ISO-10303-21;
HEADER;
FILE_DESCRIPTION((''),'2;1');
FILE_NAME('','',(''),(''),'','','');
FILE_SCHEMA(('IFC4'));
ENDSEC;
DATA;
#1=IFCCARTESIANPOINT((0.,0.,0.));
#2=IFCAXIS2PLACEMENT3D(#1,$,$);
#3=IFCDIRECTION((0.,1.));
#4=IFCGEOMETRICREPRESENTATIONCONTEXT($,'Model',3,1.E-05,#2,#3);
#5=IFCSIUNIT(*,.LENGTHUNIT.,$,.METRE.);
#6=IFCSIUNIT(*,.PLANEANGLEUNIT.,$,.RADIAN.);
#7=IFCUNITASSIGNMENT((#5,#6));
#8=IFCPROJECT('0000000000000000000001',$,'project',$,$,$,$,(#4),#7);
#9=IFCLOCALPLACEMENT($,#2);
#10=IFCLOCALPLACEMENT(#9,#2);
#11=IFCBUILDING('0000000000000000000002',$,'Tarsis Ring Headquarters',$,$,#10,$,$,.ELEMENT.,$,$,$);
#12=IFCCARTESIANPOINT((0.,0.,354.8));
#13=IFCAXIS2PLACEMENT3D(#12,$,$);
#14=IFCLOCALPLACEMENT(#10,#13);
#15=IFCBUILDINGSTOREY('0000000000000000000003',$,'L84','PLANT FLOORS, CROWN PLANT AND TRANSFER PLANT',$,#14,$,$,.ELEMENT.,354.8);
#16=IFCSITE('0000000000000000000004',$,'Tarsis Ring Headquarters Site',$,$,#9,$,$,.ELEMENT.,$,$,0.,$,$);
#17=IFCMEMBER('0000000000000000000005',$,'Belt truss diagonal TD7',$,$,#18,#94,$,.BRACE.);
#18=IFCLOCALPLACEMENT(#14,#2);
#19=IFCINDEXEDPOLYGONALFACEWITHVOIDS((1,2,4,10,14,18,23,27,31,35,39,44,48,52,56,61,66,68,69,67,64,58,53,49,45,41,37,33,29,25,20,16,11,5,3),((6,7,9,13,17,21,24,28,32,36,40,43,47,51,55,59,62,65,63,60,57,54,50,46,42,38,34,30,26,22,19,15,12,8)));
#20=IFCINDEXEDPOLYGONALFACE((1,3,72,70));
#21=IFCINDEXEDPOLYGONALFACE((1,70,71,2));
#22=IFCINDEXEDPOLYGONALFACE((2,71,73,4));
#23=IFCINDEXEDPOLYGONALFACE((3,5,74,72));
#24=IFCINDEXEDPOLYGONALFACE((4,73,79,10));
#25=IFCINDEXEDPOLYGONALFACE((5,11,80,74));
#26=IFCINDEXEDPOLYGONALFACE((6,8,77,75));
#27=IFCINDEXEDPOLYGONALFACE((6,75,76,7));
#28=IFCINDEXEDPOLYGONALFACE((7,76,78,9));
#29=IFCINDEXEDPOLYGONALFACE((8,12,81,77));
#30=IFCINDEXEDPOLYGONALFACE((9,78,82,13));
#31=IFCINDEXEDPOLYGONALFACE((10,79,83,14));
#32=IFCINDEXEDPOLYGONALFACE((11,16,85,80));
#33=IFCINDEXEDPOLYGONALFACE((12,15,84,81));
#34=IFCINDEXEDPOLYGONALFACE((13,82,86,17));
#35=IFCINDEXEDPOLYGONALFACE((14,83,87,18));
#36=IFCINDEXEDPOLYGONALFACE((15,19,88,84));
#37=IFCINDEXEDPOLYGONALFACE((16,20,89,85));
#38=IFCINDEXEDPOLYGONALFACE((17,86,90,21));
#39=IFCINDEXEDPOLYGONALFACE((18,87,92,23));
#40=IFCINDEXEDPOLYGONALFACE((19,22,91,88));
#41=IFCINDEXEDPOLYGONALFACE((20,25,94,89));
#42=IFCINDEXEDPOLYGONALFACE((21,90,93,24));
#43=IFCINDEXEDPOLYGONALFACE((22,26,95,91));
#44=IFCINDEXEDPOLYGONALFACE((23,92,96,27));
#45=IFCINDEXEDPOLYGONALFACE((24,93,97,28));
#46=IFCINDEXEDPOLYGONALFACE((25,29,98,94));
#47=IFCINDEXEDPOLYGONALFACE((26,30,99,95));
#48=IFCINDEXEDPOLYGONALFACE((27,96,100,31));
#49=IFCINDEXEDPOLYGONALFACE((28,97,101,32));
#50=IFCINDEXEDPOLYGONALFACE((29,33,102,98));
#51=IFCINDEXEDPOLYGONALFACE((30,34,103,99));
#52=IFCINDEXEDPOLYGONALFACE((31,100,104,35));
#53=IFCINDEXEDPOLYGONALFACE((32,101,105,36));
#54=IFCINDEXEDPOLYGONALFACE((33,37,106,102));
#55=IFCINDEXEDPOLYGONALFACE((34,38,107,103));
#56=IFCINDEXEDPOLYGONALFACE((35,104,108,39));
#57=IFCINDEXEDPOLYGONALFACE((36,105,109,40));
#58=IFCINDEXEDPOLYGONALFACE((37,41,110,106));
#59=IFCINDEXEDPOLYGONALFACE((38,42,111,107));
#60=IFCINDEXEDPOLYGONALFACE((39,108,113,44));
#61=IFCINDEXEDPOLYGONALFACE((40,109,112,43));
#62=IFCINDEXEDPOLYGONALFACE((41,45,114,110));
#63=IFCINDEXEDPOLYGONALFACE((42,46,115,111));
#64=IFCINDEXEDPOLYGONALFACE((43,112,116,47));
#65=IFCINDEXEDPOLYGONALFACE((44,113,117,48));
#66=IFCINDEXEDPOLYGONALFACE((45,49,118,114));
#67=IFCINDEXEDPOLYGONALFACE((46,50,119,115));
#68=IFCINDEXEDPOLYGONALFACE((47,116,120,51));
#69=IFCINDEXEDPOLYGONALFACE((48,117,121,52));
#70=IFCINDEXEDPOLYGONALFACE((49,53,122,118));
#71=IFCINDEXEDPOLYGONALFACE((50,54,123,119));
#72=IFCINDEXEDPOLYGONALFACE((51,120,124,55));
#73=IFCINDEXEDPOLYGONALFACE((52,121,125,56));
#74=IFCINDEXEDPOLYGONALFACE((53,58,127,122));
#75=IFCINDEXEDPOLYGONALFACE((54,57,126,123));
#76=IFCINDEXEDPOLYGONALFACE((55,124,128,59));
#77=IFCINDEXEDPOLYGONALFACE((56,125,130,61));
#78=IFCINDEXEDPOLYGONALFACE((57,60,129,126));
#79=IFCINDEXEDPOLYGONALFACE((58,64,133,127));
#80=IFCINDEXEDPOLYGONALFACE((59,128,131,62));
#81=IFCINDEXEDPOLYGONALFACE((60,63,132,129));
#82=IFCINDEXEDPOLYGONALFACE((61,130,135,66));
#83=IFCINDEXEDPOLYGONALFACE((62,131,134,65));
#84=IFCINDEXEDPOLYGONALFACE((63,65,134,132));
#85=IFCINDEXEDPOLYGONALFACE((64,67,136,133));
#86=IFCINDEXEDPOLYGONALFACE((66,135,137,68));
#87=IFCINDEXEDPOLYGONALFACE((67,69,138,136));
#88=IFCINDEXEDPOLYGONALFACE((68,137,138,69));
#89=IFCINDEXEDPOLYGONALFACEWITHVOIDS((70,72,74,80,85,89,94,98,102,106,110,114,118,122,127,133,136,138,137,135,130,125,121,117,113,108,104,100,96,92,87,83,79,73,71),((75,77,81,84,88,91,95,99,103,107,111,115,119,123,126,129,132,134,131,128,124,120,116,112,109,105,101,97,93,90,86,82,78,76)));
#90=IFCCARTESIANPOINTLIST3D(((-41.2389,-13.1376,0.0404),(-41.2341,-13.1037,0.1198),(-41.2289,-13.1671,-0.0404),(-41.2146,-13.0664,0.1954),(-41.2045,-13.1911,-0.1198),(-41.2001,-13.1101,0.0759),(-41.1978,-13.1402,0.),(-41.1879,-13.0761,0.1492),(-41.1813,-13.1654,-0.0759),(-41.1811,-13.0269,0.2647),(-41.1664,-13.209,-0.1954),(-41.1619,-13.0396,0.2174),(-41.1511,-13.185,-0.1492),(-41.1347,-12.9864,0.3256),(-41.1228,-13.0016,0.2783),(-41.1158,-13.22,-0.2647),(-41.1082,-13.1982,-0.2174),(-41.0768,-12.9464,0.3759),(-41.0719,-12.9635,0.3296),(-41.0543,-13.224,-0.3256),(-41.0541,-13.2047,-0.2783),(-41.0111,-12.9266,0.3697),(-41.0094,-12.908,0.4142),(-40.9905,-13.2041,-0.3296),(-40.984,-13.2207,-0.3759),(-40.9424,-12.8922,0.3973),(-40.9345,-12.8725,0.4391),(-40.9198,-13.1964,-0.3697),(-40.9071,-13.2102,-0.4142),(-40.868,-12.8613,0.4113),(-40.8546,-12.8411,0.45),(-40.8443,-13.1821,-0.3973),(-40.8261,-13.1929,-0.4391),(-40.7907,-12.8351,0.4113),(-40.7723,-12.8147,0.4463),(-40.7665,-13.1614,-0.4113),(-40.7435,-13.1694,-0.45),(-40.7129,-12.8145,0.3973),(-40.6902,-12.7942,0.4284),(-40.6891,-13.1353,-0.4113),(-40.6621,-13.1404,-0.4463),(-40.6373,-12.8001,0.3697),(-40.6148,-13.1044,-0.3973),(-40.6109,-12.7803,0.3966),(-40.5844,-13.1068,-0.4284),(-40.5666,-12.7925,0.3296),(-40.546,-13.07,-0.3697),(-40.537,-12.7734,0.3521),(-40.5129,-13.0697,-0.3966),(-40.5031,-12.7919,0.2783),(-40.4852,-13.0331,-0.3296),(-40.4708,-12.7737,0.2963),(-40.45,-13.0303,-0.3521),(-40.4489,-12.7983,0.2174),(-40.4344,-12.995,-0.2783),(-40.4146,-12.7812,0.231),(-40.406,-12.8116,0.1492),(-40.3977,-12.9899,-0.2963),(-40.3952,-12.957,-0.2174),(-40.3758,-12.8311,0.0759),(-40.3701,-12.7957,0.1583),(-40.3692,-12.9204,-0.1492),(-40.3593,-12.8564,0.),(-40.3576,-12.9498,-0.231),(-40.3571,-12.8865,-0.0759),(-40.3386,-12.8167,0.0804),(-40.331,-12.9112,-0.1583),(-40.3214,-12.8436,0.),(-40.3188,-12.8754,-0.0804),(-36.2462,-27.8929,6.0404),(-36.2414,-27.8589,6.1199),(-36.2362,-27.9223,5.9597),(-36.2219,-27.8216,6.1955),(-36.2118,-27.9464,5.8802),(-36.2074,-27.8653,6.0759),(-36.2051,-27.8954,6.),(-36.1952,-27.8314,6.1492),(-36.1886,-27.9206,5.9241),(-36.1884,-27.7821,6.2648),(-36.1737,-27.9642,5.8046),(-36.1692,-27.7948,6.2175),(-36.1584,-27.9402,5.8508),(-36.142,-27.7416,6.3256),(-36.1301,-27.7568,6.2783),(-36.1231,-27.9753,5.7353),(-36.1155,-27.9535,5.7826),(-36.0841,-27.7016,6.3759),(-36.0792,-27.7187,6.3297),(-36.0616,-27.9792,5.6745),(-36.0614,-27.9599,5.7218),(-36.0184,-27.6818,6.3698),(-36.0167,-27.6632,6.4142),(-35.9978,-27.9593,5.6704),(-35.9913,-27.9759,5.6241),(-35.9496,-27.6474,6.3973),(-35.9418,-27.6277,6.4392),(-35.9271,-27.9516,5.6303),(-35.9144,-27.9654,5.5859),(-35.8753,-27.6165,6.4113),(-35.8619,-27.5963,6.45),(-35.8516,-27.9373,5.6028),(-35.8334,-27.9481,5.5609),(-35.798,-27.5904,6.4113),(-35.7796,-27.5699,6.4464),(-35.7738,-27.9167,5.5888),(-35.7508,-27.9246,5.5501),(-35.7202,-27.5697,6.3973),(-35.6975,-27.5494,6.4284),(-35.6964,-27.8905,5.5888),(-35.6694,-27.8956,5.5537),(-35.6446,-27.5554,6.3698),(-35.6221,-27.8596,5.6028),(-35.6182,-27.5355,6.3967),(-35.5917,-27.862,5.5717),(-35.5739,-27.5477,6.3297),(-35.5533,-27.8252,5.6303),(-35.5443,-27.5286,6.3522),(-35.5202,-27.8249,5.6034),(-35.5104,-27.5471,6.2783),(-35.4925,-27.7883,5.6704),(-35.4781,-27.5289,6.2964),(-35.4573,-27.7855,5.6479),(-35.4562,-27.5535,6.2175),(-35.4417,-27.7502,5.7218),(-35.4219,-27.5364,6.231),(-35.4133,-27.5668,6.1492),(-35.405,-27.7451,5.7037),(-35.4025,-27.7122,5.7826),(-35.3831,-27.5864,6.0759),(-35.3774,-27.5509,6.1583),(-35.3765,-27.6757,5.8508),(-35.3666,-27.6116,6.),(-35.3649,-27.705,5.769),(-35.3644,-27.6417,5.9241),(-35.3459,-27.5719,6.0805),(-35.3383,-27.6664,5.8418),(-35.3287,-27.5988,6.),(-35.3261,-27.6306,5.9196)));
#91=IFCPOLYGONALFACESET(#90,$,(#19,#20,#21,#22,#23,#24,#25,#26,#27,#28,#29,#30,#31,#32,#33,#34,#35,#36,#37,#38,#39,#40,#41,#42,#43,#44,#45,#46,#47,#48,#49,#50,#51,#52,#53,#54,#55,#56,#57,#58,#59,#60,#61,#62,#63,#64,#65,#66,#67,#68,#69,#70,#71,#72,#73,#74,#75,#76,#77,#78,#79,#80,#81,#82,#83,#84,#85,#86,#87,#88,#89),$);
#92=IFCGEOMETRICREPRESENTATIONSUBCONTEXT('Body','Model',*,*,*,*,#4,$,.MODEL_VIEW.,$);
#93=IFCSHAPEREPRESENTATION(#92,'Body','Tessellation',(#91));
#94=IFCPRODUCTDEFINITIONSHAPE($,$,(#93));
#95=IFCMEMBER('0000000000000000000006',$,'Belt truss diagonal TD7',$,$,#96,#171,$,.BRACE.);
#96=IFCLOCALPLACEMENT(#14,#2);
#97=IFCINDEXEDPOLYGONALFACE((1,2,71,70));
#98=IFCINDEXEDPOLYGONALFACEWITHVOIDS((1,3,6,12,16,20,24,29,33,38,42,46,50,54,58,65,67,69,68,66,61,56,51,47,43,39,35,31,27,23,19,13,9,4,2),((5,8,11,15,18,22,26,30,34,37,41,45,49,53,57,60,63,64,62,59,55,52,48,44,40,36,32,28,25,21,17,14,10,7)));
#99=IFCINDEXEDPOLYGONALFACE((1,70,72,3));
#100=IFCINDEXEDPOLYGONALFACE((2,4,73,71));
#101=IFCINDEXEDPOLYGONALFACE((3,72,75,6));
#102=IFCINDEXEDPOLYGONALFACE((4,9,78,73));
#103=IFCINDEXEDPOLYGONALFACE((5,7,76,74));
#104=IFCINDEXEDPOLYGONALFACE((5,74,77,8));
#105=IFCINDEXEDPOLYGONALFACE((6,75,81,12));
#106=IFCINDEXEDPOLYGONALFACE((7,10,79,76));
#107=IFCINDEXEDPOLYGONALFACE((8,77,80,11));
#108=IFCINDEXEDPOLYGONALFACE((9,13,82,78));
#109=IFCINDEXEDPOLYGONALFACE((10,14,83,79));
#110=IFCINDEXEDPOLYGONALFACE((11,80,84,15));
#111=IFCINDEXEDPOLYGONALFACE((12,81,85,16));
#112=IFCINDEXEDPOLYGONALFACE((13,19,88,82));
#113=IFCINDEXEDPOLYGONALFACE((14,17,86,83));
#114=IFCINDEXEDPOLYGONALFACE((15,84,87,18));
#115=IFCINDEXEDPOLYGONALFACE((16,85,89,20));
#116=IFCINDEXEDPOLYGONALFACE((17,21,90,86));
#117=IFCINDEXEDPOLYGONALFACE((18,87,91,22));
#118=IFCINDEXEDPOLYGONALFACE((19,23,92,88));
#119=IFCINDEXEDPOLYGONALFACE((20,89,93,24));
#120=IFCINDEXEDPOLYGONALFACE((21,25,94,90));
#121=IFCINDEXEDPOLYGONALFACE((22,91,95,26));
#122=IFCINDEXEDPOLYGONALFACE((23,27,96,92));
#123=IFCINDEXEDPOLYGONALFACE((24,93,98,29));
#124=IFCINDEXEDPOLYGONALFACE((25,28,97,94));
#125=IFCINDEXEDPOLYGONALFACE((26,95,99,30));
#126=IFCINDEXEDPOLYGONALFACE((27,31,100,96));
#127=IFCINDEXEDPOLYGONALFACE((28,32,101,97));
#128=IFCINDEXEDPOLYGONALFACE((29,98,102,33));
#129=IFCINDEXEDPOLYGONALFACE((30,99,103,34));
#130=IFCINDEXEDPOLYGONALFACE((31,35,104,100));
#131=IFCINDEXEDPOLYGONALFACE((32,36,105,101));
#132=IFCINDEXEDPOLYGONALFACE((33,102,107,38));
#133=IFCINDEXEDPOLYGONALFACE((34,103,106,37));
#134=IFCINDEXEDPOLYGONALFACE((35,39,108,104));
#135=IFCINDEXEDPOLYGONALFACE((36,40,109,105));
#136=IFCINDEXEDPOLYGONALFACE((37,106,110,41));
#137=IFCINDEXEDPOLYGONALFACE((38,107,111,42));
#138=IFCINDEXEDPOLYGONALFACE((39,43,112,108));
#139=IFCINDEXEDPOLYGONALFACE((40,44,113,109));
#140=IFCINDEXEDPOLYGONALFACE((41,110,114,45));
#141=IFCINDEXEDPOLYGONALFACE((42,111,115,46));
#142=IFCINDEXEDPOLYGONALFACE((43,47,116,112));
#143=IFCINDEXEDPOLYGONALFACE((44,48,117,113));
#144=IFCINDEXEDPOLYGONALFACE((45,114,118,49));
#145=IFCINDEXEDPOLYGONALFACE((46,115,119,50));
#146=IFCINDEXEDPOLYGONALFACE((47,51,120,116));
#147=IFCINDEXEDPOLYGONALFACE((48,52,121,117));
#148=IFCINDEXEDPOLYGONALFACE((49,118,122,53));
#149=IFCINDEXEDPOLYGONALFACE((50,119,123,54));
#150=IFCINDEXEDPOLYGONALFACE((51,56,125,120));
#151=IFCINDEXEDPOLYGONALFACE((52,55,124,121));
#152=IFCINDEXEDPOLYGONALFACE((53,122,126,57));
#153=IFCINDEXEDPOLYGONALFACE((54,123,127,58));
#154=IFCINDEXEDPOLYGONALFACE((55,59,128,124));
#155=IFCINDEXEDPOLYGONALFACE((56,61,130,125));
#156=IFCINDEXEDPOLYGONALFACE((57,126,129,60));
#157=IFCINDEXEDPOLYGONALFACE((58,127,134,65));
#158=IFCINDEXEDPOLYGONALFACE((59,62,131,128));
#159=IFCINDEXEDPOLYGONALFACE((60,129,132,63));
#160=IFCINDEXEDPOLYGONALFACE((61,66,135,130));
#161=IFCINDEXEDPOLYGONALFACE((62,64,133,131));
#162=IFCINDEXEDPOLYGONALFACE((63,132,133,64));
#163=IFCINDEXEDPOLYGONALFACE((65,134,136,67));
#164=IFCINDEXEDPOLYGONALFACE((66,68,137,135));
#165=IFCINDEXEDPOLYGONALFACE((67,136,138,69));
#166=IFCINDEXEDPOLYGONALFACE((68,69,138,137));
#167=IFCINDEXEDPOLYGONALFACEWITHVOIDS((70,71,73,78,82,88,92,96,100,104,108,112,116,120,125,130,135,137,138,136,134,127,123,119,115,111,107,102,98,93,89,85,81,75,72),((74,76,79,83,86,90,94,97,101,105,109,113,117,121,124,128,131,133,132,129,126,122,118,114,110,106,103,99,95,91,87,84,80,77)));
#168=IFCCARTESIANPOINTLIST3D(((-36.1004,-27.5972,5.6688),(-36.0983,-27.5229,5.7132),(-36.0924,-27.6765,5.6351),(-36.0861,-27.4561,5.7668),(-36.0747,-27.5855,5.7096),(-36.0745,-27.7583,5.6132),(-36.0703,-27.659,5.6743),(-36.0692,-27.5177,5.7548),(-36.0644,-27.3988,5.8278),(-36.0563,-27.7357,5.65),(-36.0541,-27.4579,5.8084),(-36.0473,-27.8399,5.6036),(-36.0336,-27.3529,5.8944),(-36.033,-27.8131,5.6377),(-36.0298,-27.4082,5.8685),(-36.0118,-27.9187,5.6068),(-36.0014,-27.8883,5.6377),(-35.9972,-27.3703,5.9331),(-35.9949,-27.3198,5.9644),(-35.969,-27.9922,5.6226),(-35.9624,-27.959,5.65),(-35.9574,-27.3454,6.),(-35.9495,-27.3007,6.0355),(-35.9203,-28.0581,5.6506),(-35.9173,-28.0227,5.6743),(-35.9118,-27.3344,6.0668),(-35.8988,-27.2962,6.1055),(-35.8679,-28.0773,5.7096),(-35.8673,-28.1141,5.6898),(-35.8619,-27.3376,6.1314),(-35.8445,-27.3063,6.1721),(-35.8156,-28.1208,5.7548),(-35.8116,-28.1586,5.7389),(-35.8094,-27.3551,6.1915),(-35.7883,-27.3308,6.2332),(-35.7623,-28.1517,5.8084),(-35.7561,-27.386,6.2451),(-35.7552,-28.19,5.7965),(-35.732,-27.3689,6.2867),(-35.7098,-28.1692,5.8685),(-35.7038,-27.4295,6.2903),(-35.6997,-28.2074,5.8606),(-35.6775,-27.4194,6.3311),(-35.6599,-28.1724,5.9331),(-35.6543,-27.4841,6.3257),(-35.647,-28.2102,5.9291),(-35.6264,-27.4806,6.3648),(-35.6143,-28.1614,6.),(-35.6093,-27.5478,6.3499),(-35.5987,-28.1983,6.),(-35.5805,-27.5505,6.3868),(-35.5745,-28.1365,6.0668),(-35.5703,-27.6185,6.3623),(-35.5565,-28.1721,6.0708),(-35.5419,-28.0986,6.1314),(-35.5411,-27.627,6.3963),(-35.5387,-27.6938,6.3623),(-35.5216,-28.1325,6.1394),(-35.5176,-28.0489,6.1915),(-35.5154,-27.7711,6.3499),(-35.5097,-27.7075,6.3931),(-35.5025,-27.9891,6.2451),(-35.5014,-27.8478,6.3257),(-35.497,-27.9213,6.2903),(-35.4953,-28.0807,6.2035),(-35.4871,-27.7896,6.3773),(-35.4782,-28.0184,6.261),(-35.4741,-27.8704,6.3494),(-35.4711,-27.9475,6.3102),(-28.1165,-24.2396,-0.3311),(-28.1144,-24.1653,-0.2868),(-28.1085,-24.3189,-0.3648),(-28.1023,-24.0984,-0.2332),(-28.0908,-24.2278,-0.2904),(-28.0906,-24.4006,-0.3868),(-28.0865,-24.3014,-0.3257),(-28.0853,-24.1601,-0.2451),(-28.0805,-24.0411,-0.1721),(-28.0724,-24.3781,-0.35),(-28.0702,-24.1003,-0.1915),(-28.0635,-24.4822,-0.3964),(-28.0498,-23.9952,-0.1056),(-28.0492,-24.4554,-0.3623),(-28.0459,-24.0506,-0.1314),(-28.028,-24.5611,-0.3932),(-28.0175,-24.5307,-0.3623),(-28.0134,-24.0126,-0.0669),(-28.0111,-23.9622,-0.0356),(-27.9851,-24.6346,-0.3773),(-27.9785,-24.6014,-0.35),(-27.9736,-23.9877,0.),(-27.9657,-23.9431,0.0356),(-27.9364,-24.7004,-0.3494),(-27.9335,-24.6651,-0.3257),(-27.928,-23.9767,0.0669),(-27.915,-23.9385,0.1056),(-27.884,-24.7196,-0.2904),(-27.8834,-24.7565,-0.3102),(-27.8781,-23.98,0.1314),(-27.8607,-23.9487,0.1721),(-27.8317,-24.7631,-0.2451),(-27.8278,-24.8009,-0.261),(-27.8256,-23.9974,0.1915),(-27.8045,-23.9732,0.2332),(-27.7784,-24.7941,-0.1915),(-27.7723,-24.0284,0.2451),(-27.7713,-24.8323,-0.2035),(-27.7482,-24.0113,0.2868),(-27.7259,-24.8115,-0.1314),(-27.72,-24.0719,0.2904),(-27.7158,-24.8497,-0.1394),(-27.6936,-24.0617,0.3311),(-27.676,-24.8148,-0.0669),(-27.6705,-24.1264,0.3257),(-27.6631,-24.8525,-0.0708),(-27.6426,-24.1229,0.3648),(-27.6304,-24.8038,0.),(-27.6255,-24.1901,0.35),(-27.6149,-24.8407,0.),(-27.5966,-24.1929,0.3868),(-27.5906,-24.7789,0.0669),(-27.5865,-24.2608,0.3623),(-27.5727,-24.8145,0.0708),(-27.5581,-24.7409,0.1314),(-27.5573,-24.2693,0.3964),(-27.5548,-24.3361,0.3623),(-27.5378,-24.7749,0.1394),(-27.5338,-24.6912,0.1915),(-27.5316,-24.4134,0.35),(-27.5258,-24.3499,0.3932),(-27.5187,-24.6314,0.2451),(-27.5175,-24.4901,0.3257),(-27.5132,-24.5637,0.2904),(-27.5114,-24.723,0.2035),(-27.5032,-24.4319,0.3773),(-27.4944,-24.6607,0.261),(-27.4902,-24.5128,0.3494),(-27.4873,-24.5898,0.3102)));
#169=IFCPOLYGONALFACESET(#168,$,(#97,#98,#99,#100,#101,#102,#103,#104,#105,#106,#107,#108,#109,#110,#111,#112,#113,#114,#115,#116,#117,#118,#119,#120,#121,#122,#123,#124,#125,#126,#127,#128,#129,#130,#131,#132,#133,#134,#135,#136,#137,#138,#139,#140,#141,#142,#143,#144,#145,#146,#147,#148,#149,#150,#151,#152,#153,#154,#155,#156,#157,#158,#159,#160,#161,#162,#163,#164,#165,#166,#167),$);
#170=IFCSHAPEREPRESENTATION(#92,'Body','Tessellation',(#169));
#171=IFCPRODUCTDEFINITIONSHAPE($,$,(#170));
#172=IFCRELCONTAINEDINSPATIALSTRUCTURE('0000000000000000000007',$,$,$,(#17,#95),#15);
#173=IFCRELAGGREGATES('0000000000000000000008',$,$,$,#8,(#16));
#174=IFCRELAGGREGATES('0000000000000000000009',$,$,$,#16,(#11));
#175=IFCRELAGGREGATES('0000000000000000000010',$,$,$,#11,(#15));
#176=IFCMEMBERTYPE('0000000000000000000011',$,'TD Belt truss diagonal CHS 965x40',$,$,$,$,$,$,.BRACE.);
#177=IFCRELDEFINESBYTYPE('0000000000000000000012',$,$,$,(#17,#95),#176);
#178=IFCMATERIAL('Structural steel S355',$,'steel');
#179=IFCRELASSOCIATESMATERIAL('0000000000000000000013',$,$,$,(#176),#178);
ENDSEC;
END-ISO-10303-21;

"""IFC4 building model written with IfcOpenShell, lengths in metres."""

from ifc_helpers import new_model, si_unit, direction, frame, origin, origin_2d, place, context, subcontext, project, spatial, hollow_circle, extrude, material, material_profile, profile_set, type_object, element, save


model = new_model("IFC4")

# Units and contexts
model_context = context("Model", 3, precision=1e-05, world=origin(), true_north=direction((0.0, 1.0)))
body_context = subcontext(model_context, "Body", "Model", "MODEL_VIEW")
ifc_project = project(units=[si_unit("LENGTHUNIT", "METRE"), si_unit("PLANEANGLEUNIT", "RADIAN")], contexts=[model_context])

# Site, building, storey
site_placement = place(None, origin())
site = spatial("IfcSite", under=ifc_project, at=site_placement, Name="Tarsis Ring Headquarters Site", CompositionType="ELEMENT", RefElevation=0.0)
building_placement = place(site_placement, origin())
building = spatial("IfcBuilding", under=site, at=building_placement, Name="Tarsis Ring Headquarters", CompositionType="ELEMENT")
storey_placement = place(building_placement, frame((0.0, 0.0, 354.8)))
storey = spatial("IfcBuildingStorey", under=building, at=storey_placement, Name="L84", Description="PLANT FLOORS, CROWN PLANT AND TRANSFER PLANT", CompositionType="ELEMENT", Elevation=354.8)

# Shared definitions
ifc_material_1 = material(Name="Structural steel S355", Category="steel")
ifc_material_profile_1 = material_profile(ifc_material_1, hollow_circle(Radius=0.4827, WallThickness=0.04, at=origin_2d()), Name="CHS 965x40")
ifc_profile_set_1 = profile_set([ifc_material_profile_1], Name="Structural steel S355")

# Members
member_type = type_object("IfcMemberType", Name="TD Belt truss diagonal CHS 965x40", PredefinedType="BRACE", material=ifc_profile_set_1)
member_1_placement = place(storey_placement, frame((-40.7786, -12.9983, 0.0), z_axis=(0.299096, -0.883936, 0.359442), x_axis=(0.947243, 0.320517, 0.0)))
element("IfcMember", 1, at=member_1_placement, inside=storey, type_object=member_type, Name="Belt truss diagonal TD7", PredefinedType="BRACE", context=body_context, shape_type="SweptSolid", body=[
    extrude(hollow_circle(Radius=0.4827, WallThickness=0.04, at=origin_2d()), origin(), (0.0, 0.0, 1.0), 16.6926),
])
member_2_placement = place(storey_placement, frame((-27.802, -24.3958, 0.0), z_axis=(-0.757741, -0.318672, 0.569453), x_axis=(0.387668, -0.921799, 0.0)))
element("IfcMember", 2, at=member_2_placement, inside=storey, type_object=member_type, Name="Belt truss diagonal TD7", PredefinedType="BRACE", context=body_context, shape_type="SweptSolid", body=[
    extrude(hollow_circle(Radius=0.4827, WallThickness=0.04, at=origin_2d()), origin(), (0.0, 0.0, 1.0), 10.5364),
])

save(model, "model.ifc")
